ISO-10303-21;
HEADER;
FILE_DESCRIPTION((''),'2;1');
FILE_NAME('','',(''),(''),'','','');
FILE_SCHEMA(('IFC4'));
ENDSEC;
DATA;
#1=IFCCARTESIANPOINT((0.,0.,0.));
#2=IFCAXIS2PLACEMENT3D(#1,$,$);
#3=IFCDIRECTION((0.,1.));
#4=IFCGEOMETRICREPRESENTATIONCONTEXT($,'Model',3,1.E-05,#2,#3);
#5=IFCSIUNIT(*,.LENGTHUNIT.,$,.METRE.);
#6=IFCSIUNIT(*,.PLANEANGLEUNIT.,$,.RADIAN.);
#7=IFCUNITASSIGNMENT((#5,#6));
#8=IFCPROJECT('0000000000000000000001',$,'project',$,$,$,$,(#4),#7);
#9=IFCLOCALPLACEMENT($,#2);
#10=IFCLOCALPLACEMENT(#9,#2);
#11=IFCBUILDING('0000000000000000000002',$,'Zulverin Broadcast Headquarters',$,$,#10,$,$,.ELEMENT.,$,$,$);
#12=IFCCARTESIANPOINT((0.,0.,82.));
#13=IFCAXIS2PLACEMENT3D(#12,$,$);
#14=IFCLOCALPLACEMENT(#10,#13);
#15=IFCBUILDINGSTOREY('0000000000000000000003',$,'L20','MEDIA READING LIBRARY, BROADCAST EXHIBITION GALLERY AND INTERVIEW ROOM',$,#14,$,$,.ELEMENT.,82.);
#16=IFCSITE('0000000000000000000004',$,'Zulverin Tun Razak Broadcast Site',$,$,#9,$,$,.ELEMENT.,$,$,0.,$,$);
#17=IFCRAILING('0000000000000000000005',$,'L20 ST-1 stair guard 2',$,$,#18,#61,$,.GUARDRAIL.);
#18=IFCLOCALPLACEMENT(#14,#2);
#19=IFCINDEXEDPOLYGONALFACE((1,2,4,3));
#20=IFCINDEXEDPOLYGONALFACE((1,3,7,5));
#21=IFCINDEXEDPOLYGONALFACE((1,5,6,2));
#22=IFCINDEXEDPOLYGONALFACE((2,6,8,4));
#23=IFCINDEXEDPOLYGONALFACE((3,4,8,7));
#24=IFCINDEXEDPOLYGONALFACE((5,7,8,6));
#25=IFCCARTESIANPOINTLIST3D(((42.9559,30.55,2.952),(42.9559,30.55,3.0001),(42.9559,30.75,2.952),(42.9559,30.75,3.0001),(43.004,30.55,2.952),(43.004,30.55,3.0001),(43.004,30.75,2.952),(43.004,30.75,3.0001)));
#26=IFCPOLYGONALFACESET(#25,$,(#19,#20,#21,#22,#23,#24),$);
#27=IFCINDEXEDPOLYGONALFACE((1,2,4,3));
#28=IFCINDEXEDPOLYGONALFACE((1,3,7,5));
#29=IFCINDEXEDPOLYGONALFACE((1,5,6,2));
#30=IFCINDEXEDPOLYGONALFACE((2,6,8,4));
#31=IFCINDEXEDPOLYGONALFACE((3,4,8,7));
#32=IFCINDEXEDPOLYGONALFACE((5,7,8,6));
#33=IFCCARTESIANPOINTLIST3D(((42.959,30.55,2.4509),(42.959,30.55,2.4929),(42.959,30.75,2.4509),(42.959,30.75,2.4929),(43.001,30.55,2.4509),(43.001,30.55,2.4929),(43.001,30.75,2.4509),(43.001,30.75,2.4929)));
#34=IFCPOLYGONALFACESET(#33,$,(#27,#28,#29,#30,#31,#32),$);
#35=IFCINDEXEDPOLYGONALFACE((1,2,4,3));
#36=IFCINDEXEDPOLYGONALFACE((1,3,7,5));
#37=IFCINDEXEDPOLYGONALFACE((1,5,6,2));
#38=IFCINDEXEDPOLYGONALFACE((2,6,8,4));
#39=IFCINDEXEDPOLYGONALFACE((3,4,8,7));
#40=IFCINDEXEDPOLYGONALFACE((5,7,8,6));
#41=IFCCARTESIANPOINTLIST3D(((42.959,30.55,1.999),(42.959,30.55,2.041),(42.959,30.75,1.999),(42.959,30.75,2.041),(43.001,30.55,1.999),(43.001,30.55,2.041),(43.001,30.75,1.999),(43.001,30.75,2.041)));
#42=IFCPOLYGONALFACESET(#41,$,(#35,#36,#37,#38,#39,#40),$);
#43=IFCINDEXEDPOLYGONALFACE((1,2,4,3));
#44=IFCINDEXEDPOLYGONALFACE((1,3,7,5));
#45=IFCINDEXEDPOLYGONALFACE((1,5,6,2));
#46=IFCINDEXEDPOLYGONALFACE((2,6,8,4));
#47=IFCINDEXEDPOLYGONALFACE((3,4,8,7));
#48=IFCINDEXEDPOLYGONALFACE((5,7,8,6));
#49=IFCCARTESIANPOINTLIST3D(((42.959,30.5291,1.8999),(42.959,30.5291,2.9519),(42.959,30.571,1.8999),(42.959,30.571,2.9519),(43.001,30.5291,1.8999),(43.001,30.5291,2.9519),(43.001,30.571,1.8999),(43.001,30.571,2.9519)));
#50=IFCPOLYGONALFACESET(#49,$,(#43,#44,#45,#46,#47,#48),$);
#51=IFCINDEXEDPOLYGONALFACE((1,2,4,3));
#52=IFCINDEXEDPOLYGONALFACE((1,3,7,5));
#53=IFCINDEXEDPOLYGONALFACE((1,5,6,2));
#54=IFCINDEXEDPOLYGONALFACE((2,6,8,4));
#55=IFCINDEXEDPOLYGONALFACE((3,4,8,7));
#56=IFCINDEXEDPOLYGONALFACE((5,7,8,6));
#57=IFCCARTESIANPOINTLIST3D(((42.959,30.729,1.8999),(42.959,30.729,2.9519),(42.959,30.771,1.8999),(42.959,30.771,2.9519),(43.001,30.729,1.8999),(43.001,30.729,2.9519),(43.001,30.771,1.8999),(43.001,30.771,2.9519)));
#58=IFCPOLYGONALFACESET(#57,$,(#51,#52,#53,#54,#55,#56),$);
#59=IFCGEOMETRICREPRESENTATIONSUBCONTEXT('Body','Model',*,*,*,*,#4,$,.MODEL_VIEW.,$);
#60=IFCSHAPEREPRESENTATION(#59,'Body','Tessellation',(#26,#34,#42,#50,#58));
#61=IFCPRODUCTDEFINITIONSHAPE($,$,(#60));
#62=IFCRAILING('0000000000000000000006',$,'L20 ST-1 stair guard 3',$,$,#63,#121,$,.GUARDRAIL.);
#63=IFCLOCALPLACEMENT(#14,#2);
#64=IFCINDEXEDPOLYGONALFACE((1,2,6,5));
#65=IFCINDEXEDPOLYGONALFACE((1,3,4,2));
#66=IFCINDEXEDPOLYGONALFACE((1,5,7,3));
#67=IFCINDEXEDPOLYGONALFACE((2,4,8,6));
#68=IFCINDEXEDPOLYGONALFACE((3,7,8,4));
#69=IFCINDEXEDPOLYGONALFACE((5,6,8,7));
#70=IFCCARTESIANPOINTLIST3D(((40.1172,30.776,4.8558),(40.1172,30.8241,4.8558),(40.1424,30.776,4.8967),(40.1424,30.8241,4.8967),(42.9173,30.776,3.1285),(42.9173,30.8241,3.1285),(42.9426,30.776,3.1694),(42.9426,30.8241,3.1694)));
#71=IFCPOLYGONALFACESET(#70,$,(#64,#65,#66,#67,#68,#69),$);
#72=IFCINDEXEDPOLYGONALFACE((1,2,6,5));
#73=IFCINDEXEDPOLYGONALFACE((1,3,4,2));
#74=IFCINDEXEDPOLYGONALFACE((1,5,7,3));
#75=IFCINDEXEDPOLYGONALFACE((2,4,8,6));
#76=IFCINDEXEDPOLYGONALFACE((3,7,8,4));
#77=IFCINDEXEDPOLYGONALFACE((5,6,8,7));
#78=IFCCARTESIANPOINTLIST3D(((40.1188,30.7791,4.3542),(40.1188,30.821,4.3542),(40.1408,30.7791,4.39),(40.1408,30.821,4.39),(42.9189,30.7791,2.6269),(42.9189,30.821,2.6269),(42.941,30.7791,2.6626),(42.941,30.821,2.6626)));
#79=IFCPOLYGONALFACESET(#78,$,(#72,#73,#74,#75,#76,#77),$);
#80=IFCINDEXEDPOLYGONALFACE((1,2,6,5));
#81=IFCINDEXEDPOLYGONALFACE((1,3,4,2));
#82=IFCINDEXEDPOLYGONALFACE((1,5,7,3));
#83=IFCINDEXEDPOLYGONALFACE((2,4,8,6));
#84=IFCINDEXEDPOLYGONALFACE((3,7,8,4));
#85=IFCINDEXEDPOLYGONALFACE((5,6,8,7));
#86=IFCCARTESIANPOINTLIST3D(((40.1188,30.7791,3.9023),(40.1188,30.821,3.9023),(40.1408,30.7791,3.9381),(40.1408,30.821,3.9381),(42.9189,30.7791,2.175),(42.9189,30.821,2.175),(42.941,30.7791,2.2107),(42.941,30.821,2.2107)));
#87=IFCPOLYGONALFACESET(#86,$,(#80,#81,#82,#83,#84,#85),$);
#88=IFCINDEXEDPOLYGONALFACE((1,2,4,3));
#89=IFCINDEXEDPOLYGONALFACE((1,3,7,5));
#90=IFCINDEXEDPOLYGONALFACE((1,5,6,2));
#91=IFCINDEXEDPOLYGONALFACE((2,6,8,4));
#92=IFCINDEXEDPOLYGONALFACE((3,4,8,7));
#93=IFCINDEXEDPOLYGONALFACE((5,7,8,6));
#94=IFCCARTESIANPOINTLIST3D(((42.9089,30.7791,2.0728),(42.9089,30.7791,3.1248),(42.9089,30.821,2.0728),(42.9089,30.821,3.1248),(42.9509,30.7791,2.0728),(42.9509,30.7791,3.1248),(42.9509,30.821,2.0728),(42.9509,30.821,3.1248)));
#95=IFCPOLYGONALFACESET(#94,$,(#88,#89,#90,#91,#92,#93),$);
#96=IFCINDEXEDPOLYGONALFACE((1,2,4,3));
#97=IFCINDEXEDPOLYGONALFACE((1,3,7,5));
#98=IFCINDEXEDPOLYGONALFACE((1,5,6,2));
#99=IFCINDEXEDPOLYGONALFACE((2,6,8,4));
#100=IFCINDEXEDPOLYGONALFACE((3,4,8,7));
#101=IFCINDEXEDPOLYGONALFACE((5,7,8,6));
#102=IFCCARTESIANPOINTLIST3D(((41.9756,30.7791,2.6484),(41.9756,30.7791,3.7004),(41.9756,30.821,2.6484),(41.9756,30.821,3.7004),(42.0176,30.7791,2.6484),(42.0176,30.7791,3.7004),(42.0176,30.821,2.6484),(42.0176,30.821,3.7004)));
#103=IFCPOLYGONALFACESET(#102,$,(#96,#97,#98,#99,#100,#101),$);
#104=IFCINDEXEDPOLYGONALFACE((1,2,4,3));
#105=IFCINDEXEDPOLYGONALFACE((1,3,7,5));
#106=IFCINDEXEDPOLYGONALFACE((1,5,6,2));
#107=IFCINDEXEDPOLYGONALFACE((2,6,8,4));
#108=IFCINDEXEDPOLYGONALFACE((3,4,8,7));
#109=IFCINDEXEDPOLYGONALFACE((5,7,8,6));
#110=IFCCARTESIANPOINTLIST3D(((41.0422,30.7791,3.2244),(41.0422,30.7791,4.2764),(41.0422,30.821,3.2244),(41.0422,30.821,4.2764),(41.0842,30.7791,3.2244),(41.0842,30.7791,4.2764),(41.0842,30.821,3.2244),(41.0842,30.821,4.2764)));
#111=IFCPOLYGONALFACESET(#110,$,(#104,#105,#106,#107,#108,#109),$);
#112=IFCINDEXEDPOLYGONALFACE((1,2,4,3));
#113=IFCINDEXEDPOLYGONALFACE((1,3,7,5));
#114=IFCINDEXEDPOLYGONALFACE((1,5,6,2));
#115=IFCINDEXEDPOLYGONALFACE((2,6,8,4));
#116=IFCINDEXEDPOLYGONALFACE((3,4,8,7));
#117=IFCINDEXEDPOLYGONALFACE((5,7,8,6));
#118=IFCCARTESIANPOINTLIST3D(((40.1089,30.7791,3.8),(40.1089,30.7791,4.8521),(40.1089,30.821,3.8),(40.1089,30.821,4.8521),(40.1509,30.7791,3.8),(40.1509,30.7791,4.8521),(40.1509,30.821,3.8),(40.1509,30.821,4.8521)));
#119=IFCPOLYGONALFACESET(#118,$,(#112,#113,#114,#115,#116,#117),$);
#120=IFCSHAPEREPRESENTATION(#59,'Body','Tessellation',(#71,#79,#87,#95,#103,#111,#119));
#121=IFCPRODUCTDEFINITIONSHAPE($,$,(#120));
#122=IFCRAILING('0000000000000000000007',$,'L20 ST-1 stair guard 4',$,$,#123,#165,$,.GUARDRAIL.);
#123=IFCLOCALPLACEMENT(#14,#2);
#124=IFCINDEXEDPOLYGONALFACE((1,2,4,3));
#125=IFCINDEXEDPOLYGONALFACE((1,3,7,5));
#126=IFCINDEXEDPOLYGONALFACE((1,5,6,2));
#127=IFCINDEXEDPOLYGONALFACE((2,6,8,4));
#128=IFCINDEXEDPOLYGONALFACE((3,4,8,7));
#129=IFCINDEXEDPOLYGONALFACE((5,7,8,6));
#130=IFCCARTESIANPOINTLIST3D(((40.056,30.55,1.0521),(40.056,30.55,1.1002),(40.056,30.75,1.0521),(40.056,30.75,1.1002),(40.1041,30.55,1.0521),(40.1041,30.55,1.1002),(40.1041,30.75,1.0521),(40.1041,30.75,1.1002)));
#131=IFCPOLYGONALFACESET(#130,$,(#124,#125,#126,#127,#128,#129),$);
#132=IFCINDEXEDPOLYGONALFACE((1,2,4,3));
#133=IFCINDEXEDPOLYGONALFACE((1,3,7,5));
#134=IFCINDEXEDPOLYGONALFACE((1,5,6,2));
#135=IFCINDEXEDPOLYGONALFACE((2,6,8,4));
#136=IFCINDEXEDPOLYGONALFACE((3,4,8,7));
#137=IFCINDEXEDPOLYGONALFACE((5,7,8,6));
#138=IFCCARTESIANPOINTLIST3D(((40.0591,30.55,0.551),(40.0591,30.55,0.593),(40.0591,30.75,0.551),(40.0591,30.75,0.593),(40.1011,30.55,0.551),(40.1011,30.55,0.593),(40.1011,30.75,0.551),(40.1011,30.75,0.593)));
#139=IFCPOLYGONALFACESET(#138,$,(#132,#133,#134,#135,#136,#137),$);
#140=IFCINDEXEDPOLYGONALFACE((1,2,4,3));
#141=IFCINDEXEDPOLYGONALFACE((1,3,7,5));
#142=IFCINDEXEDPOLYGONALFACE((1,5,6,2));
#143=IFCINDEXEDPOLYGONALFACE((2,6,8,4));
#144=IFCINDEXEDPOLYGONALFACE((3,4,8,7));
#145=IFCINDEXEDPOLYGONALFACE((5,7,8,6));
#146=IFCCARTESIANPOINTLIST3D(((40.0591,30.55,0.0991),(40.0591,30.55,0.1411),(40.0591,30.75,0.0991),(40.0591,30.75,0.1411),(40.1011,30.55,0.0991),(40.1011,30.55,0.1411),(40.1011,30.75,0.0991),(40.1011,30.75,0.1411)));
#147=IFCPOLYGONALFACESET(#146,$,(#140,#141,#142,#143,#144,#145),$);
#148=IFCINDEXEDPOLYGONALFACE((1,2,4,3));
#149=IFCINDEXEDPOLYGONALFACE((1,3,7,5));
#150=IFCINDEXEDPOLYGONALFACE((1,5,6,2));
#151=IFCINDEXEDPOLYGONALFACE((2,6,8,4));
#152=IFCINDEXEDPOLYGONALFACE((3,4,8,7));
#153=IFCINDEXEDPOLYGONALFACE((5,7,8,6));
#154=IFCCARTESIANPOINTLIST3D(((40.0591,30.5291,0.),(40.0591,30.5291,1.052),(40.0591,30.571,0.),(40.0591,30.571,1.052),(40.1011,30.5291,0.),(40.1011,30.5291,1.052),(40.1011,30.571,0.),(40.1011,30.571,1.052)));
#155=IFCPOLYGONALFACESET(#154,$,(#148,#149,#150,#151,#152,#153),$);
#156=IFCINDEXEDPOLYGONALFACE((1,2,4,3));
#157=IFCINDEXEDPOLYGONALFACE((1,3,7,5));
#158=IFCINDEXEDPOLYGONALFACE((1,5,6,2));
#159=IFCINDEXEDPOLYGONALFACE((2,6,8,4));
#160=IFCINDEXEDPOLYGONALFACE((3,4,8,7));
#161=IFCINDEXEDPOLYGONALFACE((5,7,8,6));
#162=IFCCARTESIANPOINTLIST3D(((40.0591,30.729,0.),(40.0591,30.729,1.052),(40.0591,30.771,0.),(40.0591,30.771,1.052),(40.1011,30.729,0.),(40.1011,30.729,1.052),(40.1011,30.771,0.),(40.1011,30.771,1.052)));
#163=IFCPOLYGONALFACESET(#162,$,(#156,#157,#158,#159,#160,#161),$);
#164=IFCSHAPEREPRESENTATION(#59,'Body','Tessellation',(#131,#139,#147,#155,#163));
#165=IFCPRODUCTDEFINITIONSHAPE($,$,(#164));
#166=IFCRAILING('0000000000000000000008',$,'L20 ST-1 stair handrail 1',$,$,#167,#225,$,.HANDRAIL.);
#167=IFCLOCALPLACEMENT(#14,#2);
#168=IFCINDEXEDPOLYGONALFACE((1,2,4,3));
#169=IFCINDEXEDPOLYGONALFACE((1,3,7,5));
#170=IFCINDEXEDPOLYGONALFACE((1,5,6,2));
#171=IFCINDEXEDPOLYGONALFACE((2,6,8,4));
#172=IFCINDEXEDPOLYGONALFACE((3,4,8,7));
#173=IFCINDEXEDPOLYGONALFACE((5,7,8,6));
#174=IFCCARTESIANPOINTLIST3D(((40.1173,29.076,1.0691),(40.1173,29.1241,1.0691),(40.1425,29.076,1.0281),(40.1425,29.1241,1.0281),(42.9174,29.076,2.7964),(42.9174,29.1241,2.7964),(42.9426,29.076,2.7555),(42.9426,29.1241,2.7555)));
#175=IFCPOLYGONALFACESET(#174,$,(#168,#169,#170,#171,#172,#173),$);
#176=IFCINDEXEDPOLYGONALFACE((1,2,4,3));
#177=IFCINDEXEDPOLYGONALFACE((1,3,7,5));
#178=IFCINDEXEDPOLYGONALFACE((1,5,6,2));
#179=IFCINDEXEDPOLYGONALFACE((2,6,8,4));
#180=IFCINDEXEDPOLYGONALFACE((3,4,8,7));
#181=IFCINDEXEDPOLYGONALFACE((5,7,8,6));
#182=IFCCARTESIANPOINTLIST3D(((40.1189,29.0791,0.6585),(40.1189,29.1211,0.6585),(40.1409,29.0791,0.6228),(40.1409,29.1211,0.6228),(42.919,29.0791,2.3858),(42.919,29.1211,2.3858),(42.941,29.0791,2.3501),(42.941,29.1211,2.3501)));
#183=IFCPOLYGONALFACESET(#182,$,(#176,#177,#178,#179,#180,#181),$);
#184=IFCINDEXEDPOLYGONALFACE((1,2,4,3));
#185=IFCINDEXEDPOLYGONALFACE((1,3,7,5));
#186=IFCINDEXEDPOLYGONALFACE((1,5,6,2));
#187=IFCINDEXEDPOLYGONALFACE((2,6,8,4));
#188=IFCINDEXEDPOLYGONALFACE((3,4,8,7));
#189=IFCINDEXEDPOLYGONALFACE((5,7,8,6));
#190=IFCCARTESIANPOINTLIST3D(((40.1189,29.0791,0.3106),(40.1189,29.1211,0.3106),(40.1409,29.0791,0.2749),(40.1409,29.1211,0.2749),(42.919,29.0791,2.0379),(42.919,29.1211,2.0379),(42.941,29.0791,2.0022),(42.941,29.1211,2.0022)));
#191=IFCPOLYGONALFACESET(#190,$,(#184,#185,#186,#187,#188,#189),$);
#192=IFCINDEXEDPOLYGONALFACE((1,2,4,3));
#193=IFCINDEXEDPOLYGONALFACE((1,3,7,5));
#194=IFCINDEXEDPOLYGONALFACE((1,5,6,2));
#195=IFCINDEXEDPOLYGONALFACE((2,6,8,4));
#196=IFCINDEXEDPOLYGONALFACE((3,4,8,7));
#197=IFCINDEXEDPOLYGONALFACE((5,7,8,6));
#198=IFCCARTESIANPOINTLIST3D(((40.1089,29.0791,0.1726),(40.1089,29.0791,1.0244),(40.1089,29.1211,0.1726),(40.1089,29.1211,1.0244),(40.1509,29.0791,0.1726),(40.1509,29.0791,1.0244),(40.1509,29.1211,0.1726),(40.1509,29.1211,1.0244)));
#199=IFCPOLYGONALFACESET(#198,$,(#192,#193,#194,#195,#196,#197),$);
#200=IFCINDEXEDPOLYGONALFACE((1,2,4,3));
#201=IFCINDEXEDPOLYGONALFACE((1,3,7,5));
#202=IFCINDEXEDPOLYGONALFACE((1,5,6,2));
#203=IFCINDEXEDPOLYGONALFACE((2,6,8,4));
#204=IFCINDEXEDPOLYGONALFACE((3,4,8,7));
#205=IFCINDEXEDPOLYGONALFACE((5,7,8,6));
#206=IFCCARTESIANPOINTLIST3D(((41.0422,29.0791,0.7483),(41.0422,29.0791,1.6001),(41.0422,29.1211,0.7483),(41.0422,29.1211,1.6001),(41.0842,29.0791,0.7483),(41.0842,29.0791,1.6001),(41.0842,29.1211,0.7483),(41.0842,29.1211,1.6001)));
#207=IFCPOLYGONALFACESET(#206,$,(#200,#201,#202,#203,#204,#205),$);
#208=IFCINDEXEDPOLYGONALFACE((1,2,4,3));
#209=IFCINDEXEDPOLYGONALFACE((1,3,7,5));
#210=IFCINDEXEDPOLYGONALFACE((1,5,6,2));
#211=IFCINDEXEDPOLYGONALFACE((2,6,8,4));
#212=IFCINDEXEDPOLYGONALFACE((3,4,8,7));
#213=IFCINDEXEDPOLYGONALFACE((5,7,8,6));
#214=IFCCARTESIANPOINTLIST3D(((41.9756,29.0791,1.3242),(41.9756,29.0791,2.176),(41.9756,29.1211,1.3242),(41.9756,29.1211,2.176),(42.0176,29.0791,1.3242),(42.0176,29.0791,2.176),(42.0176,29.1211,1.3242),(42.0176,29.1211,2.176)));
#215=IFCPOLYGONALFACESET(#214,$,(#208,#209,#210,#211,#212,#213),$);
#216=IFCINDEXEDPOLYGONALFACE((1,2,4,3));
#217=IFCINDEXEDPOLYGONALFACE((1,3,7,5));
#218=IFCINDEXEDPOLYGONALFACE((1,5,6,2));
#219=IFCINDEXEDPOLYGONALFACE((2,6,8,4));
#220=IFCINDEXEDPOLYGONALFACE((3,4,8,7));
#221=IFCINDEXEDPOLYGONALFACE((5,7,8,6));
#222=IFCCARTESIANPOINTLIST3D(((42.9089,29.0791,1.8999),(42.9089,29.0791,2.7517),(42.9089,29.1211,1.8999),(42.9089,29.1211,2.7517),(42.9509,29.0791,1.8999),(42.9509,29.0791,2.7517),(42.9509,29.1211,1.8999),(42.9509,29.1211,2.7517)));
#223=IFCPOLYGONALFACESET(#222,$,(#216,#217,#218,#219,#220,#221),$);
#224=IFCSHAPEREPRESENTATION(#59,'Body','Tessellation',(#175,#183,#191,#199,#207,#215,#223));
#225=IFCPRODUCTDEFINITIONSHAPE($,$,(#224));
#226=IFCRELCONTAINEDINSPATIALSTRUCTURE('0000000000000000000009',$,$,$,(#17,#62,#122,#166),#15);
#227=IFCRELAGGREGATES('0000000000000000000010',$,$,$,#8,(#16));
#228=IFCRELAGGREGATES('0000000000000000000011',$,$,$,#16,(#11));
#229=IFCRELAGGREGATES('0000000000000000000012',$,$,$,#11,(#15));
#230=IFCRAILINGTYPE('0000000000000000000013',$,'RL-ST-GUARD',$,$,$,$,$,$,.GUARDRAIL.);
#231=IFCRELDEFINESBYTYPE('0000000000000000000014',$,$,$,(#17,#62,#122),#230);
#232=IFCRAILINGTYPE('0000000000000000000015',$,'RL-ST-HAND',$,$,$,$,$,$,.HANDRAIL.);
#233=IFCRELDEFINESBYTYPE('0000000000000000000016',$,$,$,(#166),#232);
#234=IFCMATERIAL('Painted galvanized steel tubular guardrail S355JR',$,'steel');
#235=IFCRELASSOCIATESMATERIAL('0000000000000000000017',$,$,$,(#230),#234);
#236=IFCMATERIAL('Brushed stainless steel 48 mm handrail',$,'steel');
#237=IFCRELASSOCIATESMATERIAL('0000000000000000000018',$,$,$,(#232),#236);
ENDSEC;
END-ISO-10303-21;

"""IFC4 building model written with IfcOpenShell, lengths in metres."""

from ifc_helpers import new_model, si_unit, direction, frame, origin, origin_2d, place, context, subcontext, project, spatial, rectangle, extrude, material, type_object, element, save


model = new_model("IFC4")

# Units and contexts
model_context = context("Model", 3, precision=1e-05, world=origin(), true_north=direction((0.0, 1.0)))
body_context = subcontext(model_context, "Body", "Model", "MODEL_VIEW")
ifc_project = project(units=[si_unit("LENGTHUNIT", "METRE"), si_unit("PLANEANGLEUNIT", "RADIAN")], contexts=[model_context])

# Site, building, storey
site_placement = place(None, origin())
site = spatial("IfcSite", under=ifc_project, at=site_placement, Name="Zulverin Tun Razak Broadcast Site", CompositionType="ELEMENT", RefElevation=0.0)
building_placement = place(site_placement, origin())
building = spatial("IfcBuilding", under=site, at=building_placement, Name="Zulverin Broadcast Headquarters", CompositionType="ELEMENT")
storey_placement = place(building_placement, frame((0.0, 0.0, 82.0)))
storey = spatial("IfcBuildingStorey", under=building, at=storey_placement, Name="L20", Description="MEDIA READING LIBRARY, BROADCAST EXHIBITION GALLERY AND INTERVIEW ROOM", CompositionType="ELEMENT", Elevation=82.0)

# Railings
ifc_material_1 = material(Name="Painted galvanized steel tubular guardrail S355JR", Category="steel")
railing_type_1 = type_object("IfcRailingType", Name="RL-ST-GUARD", PredefinedType="GUARDRAIL", material=ifc_material_1)
railing_1_placement = place(storey_placement, frame((42.98, 30.55, 1.8999)))
element("IfcRailing", 1, at=railing_1_placement, inside=storey, type_object=railing_type_1, Name="L20 ST-1 stair guard 2", PredefinedType="GUARDRAIL", context=body_context, shape_type="SweptSolid", body=[
    extrude(rectangle(XDim=0.0481, YDim=0.0481, at=origin_2d()), frame((0.0, 0.0, 1.0762), z_axis=(0.0, 1.0, 0.0), x_axis=(-1.0, 0.0, 0.0)), (0.0, 0.0, 1.0), 0.2),
    extrude(rectangle(XDim=0.042, YDim=0.042, at=origin_2d()), frame((0.0, 0.0, 0.572), z_axis=(0.0, 1.0, 0.0), x_axis=(-1.0, 0.0, 0.0)), (0.0, 0.0, 1.0), 0.2),
    extrude(rectangle(XDim=0.042, YDim=0.042, at=origin_2d()), frame((0.0, 0.0, 0.1201), z_axis=(0.0, 1.0, 0.0), x_axis=(-1.0, 0.0, 0.0)), (0.0, 0.0, 1.0), 0.2),
    extrude(rectangle(XDim=0.042, YDim=0.042, at=origin_2d()), origin(), (0.0, 0.0, 1.0), 1.052),
    extrude(rectangle(XDim=0.042, YDim=0.042, at=origin_2d()), frame((0.0, 0.2, 0.0)), (0.0, 0.0, 1.0), 1.052),
])
railing_2_placement = place(storey_placement, frame((42.9299, 30.8, 2.0728)))
element("IfcRailing", 2, at=railing_2_placement, inside=storey, type_object=railing_type_1, Name="L20 ST-1 stair guard 3", PredefinedType="GUARDRAIL", context=body_context, shape_type="SweptSolid", body=[
    extrude(rectangle(XDim=0.0481, YDim=0.0481, at=origin_2d()), frame((0.0, 0.0, 1.0762), z_axis=(-0.85109, 0.0, 0.52502), x_axis=(0.0, -1.0, 0.0)), (0.0, 0.0, 1.0), 3.29),
    extrude(rectangle(XDim=0.042, YDim=0.042, at=origin_2d()), frame((0.0, 0.0, 0.572), z_axis=(-0.85109, 0.0, 0.52502), x_axis=(0.0, -1.0, 0.0)), (0.0, 0.0, 1.0), 3.29),
    extrude(rectangle(XDim=0.042, YDim=0.042, at=origin_2d()), frame((0.0, 0.0, 0.1201), z_axis=(-0.85109, 0.0, 0.52502), x_axis=(0.0, -1.0, 0.0)), (0.0, 0.0, 1.0), 3.29),
    extrude(rectangle(XDim=0.042, YDim=0.042, at=origin_2d()), origin(), (0.0, 0.0, 1.0), 1.052),
    extrude(rectangle(XDim=0.042, YDim=0.042, at=origin_2d()), frame((-0.9333, 0.0, 0.5757)), (0.0, 0.0, 1.0), 1.052),
    extrude(rectangle(XDim=0.042, YDim=0.042, at=origin_2d()), frame((-1.8667, 0.0, 1.1516)), (0.0, 0.0, 1.0), 1.052),
    extrude(rectangle(XDim=0.042, YDim=0.042, at=origin_2d()), frame((-2.8, 0.0, 1.7273)), (0.0, 0.0, 1.0), 1.052),
])
railing_3_placement = place(storey_placement, frame((40.0801, 30.55, 0.0)))
element("IfcRailing", 3, at=railing_3_placement, inside=storey, type_object=railing_type_1, Name="L20 ST-1 stair guard 4", PredefinedType="GUARDRAIL", context=body_context, shape_type="SweptSolid", body=[
    extrude(rectangle(XDim=0.0481, YDim=0.0481, at=origin_2d()), frame((0.0, 0.0, 1.0762), z_axis=(0.0, 1.0, 0.0), x_axis=(-1.0, 0.0, 0.0)), (0.0, 0.0, 1.0), 0.2),
    extrude(rectangle(XDim=0.042, YDim=0.042, at=origin_2d()), frame((0.0, 0.0, 0.572), z_axis=(0.0, 1.0, 0.0), x_axis=(-1.0, 0.0, 0.0)), (0.0, 0.0, 1.0), 0.2),
    extrude(rectangle(XDim=0.042, YDim=0.042, at=origin_2d()), frame((0.0, 0.0, 0.1201), z_axis=(0.0, 1.0, 0.0), x_axis=(-1.0, 0.0, 0.0)), (0.0, 0.0, 1.0), 0.2),
    extrude(rectangle(XDim=0.042, YDim=0.042, at=origin_2d()), origin(), (0.0, 0.0, 1.0), 1.052),
    extrude(rectangle(XDim=0.042, YDim=0.042, at=origin_2d()), frame((0.0, 0.2, 0.0)), (0.0, 0.0, 1.0), 1.052),
])
ifc_material_2 = material(Name="Brushed stainless steel 48 mm handrail", Category="steel")
railing_type_2 = type_object("IfcRailingType", Name="RL-ST-HAND", PredefinedType="HANDRAIL", material=ifc_material_2)
railing_4_placement = place(storey_placement, frame((40.1299, 29.1001, 0.1726)))
element("IfcRailing", 4, at=railing_4_placement, inside=storey, type_object=railing_type_2, Name="L20 ST-1 stair handrail 1", PredefinedType="HANDRAIL", context=body_context, shape_type="SweptSolid", body=[
    extrude(rectangle(XDim=0.0481, YDim=0.0481, at=origin_2d()), frame((0.0, 0.0, 0.876), z_axis=(0.85109, 0.0, 0.52502), x_axis=(0.0, 1.0, 0.0)), (0.0, 0.0, 1.0), 3.29),
    extrude(rectangle(XDim=0.042, YDim=0.042, at=origin_2d()), frame((0.0, 0.0, 0.468), z_axis=(0.85109, 0.0, 0.52502), x_axis=(0.0, 1.0, 0.0)), (0.0, 0.0, 1.0), 3.29),
    extrude(rectangle(XDim=0.042, YDim=0.042, at=origin_2d()), frame((0.0, 0.0, 0.1201), z_axis=(0.85109, 0.0, 0.52502), x_axis=(0.0, 1.0, 0.0)), (0.0, 0.0, 1.0), 3.29),
    extrude(rectangle(XDim=0.042, YDim=0.042, at=origin_2d()), origin(), (0.0, 0.0, 1.0), 0.8518),
    extrude(rectangle(XDim=0.042, YDim=0.042, at=origin_2d()), frame((0.9333, 0.0, 0.5757)), (0.0, 0.0, 1.0), 0.8518),
    extrude(rectangle(XDim=0.042, YDim=0.042, at=origin_2d()), frame((1.8667, 0.0, 1.1516)), (0.0, 0.0, 1.0), 0.8518),
    extrude(rectangle(XDim=0.042, YDim=0.042, at=origin_2d()), frame((2.8, 0.0, 1.7273)), (0.0, 0.0, 1.0), 0.8518),
])

save(model, "model.ifc")
